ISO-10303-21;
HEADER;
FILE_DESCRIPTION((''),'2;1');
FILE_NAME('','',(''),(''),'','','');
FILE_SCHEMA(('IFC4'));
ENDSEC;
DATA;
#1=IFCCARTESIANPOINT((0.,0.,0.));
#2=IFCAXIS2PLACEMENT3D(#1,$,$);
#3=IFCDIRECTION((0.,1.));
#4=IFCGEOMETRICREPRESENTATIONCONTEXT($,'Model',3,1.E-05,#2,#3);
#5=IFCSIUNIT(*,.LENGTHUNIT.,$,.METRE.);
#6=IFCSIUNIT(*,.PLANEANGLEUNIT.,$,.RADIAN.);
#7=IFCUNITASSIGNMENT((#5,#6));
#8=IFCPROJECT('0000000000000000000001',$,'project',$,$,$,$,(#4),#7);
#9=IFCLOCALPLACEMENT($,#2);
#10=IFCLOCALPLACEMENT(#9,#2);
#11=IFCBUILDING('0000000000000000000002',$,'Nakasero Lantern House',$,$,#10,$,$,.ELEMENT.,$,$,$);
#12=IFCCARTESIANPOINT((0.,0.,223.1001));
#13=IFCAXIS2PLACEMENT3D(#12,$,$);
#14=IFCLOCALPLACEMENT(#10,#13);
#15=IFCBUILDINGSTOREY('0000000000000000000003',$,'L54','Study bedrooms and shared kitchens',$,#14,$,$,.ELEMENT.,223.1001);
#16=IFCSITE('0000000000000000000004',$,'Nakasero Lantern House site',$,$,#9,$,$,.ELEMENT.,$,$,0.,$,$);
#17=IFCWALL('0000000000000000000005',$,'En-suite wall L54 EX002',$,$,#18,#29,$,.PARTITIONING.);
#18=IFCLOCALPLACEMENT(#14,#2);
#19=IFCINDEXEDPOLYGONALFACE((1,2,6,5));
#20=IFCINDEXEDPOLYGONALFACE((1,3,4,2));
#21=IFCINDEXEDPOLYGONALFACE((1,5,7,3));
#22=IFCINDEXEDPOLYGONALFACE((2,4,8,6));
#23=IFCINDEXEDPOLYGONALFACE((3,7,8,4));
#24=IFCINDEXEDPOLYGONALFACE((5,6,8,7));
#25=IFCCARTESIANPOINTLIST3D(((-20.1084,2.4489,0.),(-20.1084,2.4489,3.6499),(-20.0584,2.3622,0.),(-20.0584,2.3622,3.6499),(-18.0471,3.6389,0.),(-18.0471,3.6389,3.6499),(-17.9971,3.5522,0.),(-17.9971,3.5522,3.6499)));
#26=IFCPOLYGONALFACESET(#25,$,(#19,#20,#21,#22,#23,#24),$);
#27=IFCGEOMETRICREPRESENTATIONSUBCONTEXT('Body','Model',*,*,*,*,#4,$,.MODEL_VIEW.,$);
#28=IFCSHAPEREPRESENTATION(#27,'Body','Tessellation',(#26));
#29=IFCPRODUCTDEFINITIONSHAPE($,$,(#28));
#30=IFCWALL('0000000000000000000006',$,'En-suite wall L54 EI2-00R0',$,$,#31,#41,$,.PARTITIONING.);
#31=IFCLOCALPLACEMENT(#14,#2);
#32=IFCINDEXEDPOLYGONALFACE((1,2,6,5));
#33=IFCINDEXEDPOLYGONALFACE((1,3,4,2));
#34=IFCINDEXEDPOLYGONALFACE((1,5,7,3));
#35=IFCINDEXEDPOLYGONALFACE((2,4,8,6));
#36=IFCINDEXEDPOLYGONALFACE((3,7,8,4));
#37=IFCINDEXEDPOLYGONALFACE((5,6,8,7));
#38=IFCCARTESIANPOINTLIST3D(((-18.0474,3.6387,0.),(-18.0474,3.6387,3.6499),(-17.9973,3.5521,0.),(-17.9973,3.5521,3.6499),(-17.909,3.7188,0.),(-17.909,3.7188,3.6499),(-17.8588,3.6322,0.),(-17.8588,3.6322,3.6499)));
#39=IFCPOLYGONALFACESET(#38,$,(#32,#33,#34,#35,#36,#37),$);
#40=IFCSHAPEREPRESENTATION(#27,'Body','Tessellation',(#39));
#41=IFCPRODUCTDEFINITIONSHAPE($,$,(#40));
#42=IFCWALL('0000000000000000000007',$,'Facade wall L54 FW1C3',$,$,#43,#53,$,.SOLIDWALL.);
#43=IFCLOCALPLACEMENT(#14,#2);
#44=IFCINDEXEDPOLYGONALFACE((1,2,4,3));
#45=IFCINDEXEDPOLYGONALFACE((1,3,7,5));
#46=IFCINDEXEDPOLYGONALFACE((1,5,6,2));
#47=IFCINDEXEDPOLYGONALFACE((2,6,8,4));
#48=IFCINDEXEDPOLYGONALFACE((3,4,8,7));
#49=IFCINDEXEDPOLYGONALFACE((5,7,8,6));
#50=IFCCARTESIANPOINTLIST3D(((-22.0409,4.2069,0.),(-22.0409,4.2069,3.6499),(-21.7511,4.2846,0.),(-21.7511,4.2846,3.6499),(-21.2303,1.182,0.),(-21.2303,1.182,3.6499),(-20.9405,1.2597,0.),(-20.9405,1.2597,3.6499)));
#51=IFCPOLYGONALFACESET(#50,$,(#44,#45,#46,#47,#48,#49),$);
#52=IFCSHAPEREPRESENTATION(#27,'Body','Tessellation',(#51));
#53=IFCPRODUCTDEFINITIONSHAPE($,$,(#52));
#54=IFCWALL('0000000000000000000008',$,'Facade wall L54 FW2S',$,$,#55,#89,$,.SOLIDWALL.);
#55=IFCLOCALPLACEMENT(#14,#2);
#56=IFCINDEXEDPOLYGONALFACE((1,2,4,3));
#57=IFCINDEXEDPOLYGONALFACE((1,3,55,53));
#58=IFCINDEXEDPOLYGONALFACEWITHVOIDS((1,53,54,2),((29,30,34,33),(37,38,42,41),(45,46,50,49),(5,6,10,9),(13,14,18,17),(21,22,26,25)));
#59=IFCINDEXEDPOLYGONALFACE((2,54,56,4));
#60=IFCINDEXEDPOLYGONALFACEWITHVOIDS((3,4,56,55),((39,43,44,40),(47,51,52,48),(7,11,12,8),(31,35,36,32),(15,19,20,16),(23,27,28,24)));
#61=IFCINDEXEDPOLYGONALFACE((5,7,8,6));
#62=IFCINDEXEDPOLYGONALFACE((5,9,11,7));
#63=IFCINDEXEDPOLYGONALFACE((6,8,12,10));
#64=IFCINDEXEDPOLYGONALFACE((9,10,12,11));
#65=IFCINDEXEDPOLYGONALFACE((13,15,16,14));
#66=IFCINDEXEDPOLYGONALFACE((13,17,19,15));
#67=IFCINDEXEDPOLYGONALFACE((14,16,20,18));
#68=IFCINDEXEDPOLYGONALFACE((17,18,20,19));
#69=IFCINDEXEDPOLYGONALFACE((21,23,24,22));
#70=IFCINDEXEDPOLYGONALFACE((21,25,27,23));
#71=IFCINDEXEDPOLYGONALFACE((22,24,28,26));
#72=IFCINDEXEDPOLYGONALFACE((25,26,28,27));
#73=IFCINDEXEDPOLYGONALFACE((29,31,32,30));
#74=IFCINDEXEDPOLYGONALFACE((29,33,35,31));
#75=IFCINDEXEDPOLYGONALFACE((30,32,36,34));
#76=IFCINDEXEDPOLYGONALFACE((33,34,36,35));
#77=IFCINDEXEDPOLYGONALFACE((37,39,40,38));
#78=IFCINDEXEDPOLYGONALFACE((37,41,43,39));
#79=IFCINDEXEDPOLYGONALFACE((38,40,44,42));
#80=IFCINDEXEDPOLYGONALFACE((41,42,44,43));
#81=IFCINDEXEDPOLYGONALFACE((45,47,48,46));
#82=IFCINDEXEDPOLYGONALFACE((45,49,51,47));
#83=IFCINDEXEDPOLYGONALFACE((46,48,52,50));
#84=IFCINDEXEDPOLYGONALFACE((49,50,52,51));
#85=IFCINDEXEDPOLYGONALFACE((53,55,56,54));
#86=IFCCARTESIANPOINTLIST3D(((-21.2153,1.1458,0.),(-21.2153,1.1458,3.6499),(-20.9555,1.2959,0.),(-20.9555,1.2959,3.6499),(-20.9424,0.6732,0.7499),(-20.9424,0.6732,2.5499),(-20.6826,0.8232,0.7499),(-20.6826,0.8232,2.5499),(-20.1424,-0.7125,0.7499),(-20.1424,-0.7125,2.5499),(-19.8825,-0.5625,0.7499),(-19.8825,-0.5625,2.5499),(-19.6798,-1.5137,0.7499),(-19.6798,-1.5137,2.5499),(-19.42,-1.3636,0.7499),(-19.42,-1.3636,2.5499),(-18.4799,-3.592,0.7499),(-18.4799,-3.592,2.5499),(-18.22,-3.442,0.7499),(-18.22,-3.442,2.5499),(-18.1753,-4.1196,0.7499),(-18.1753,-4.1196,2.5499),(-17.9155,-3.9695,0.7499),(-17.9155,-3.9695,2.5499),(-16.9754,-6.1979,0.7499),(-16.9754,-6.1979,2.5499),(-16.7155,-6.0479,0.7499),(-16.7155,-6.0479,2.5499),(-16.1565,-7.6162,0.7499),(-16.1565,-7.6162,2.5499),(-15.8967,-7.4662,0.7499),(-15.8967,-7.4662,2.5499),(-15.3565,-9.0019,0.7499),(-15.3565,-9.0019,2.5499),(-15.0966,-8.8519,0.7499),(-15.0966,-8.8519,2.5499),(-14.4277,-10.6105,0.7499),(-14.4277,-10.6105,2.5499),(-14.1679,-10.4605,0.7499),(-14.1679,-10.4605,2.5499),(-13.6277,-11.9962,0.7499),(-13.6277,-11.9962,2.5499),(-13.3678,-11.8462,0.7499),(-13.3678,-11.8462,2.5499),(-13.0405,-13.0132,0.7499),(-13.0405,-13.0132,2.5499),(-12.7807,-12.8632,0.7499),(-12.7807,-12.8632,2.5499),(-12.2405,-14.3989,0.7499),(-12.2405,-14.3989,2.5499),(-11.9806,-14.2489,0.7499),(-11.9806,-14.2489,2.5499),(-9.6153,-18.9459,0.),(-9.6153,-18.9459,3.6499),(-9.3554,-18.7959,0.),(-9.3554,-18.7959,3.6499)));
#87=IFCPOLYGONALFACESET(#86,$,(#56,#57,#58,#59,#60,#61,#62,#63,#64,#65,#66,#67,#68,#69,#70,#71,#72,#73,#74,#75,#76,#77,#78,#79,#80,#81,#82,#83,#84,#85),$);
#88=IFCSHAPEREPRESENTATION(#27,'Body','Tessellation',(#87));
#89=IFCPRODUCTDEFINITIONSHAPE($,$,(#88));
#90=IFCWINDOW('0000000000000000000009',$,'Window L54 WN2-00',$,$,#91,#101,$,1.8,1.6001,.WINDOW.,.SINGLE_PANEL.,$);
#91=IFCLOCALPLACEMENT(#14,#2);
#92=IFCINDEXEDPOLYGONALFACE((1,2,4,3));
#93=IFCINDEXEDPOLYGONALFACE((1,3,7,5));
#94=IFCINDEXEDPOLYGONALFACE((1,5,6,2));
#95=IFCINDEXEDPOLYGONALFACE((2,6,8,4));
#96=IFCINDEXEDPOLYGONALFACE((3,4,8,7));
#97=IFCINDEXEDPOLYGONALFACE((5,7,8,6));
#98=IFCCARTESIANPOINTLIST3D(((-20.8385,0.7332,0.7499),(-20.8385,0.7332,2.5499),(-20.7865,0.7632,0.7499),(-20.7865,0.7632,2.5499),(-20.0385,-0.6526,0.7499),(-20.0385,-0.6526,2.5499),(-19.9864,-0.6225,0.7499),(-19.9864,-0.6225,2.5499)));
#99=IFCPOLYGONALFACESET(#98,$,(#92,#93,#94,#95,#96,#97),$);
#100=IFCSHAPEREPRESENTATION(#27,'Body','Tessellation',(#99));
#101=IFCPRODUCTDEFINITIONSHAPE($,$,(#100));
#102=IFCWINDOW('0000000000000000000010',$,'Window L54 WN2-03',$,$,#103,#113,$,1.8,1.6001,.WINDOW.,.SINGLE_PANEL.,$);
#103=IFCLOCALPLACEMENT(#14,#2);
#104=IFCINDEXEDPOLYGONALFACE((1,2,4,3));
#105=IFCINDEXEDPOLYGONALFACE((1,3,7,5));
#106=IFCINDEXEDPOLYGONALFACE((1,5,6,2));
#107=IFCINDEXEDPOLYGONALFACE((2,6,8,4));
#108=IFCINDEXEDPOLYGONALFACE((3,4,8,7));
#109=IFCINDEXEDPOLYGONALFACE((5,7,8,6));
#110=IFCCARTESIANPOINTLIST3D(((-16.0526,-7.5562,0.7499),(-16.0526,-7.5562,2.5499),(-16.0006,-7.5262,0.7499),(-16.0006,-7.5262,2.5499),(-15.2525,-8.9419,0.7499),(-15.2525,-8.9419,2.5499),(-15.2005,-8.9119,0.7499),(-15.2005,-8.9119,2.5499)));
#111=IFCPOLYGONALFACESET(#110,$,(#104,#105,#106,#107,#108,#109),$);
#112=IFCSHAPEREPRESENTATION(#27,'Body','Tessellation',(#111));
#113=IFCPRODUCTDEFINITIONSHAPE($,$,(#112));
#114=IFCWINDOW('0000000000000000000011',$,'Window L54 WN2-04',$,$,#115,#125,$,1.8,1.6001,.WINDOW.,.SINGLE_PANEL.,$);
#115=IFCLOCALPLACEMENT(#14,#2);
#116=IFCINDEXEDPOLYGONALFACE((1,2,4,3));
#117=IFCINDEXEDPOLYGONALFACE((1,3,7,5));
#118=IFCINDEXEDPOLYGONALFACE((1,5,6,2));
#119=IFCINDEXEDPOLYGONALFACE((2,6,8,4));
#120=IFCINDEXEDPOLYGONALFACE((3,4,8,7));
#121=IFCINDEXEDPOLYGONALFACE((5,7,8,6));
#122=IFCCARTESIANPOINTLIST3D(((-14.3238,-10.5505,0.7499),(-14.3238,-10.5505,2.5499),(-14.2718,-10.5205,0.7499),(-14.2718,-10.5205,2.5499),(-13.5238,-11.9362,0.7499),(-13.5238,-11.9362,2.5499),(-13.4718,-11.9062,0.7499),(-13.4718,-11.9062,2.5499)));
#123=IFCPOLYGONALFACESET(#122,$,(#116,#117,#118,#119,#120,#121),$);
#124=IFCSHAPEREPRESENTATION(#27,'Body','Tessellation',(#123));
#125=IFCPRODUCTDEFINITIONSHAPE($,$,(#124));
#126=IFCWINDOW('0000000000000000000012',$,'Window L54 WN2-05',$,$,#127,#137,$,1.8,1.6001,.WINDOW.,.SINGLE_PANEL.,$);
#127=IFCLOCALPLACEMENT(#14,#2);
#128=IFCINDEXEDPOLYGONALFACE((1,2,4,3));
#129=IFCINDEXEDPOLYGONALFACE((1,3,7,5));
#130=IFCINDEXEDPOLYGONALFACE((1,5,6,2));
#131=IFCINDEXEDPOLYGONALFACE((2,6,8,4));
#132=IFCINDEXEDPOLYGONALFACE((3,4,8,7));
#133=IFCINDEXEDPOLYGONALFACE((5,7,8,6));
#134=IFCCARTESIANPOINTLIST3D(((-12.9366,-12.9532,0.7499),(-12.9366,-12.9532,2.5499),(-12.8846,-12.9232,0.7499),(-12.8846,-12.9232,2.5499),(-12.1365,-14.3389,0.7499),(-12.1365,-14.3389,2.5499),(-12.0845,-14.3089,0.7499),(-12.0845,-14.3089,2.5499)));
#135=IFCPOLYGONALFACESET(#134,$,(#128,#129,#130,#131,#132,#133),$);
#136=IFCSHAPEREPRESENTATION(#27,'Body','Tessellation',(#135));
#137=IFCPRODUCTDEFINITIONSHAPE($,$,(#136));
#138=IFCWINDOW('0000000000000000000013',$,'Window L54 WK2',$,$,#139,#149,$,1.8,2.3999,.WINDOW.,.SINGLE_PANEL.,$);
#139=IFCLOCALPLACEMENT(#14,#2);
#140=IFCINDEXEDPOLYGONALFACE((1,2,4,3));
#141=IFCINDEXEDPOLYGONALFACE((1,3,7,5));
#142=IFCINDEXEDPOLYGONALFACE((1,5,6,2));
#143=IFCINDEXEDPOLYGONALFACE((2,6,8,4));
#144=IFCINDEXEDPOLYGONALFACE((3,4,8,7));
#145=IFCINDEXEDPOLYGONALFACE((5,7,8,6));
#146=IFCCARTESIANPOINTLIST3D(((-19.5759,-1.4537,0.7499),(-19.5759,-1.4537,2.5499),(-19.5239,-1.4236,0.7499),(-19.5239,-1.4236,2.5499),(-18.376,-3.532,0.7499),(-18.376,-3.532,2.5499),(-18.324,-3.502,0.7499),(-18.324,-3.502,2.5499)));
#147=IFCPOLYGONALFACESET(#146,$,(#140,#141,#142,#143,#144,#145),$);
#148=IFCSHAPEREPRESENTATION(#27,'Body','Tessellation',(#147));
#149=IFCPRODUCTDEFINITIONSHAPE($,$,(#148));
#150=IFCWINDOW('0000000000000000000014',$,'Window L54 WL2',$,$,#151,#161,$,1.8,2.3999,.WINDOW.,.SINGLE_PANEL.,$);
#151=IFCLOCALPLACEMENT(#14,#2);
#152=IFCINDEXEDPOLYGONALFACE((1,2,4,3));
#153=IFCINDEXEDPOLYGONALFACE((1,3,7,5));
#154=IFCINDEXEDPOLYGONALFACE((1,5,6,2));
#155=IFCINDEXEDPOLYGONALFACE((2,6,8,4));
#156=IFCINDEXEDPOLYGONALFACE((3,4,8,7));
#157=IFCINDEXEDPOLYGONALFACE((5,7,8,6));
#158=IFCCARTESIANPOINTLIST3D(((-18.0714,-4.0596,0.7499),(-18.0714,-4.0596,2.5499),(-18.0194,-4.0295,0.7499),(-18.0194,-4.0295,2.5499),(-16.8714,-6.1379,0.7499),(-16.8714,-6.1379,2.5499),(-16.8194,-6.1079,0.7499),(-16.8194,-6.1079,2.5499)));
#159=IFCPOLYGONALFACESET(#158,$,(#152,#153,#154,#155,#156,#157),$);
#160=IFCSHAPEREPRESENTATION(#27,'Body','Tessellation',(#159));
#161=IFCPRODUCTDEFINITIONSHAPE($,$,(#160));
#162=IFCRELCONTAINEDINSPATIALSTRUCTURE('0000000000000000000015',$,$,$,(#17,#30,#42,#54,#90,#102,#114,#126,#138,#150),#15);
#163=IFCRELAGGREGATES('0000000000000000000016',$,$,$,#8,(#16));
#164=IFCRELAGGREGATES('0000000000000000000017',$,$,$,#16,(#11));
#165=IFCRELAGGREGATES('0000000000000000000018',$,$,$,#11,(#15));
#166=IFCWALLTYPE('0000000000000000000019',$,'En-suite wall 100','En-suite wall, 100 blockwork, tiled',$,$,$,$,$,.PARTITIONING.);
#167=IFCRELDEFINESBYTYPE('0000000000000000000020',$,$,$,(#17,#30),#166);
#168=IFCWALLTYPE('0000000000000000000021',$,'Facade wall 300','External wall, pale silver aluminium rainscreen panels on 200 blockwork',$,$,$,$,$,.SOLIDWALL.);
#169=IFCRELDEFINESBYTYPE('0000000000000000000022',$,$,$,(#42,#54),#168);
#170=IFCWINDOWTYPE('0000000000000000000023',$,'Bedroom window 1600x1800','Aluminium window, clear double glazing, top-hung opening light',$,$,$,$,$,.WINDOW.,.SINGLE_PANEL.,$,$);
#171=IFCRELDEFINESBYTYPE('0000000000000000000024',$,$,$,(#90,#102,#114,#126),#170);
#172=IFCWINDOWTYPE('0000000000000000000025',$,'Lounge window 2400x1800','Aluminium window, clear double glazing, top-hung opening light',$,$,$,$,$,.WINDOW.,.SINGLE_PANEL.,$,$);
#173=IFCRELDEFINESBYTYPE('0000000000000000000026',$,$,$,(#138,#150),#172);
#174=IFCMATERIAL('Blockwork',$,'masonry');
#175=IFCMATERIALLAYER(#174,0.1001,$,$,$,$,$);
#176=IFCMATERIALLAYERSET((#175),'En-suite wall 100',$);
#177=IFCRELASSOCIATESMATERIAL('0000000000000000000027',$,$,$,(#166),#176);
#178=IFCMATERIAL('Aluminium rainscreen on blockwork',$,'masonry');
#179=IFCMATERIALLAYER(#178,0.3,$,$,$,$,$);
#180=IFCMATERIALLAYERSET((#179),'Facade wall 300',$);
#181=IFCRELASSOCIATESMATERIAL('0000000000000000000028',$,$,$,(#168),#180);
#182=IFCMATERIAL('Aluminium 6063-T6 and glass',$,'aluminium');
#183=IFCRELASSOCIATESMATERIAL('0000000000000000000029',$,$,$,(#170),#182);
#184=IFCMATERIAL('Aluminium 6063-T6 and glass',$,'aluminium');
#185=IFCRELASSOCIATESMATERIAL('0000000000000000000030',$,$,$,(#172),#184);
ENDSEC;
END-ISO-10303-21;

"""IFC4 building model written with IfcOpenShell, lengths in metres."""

from ifc_helpers import new_model, si_unit, direction, frame, frame_2d, origin, place, context, subcontext, project, spatial, rectangle, extrude, material, layer, layer_set, type_object, element, fill, save


model = new_model("IFC4")

# Units and contexts
model_context = context("Model", 3, precision=1e-05, world=origin(), true_north=direction((0.0, 1.0)))
body_context = subcontext(model_context, "Body", "Model", "MODEL_VIEW")
ifc_project = project(units=[si_unit("LENGTHUNIT", "METRE"), si_unit("PLANEANGLEUNIT", "RADIAN")], contexts=[model_context])

# Site, building, storey
site_placement = place(None, origin())
site = spatial("IfcSite", under=ifc_project, at=site_placement, Name="Nakasero Lantern House site", CompositionType="ELEMENT", RefElevation=0.0)
building_placement = place(site_placement, origin())
building = spatial("IfcBuilding", under=site, at=building_placement, Name="Nakasero Lantern House", CompositionType="ELEMENT")
storey_placement = place(building_placement, frame((0.0, 0.0, 223.1001)))
storey = spatial("IfcBuildingStorey", under=building, at=storey_placement, Name="L54", Description="Study bedrooms and shared kitchens", CompositionType="ELEMENT", Elevation=223.1001)

# Shared definitions
ifc_material_1 = material(Name="Blockwork", Category="masonry")
ifc_layer_1 = layer(ifc_material_1, 0.1001)
ifc_layer_set_1 = layer_set([ifc_layer_1], Name="En-suite wall 100")
wall_type_1 = type_object("IfcWallType", Name="En-suite wall 100", Description="En-suite wall, 100 blockwork, tiled", PredefinedType="PARTITIONING", material=ifc_layer_set_1)

# Walls
wall_1_placement = place(storey_placement, frame((-18.0222, 3.5955, 0.0), z_axis=(0.0, 0.0, 1.0), x_axis=(-0.866051, -0.499956, 0.0)))
element("IfcWall", 1, at=wall_1_placement, inside=storey, type_object=wall_type_1, Name="En-suite wall L54 EX002", PredefinedType="PARTITIONING", context=body_context, shape_type="SweptSolid", body=[
    extrude(rectangle(XDim=2.3801, YDim=0.1001, at=frame_2d((1.1899, 0.0))), origin(), (0.0, 0.0, 1.0), 3.6499),
])
wall_2_placement = place(storey_placement, frame((-17.8838, 3.6755, 0.0), z_axis=(0.0, 0.0, 1.0), x_axis=(-0.8656, -0.500735, 0.0)))
element("IfcWall", 2, at=wall_2_placement, inside=storey, type_object=wall_type_1, Name="En-suite wall L54 EI2-00R0", PredefinedType="PARTITIONING", context=body_context, shape_type="SweptSolid", body=[
    extrude(rectangle(XDim=0.1599, YDim=0.1001, at=frame_2d((0.0801, 0.0))), origin(), (0.0, 0.0, 1.0), 3.6499),
])
ifc_material_2 = material(Name="Aluminium rainscreen on blockwork", Category="masonry")
ifc_layer_2 = layer(ifc_material_2, 0.3)
ifc_layer_set_2 = layer_set([ifc_layer_2], Name="Facade wall 300")
wall_type_2 = type_object("IfcWallType", Name="Facade wall 300", Description="External wall, pale silver aluminium rainscreen panels on 200 blockwork", PredefinedType="SOLIDWALL", material=ifc_layer_set_2)
wall_3_placement = place(storey_placement, frame((-21.896, 4.2458, 0.0), z_axis=(0.0, 0.0, 1.0), x_axis=(0.258827, -0.965924, 0.0)))
element("IfcWall", 3, at=wall_3_placement, inside=storey, type_object=wall_type_2, Name="Facade wall L54 FW1C3", PredefinedType="SOLIDWALL", context=body_context, shape_type="SweptSolid", body=[
    extrude(rectangle(XDim=3.1316, YDim=0.3, at=frame_2d((1.5659, 0.0))), origin(), (0.0, 0.0, 1.0), 3.6499),
])

# Wall, openings, windows
wall_4_placement = place(storey_placement, frame((-21.0854, 1.2209, 0.0), z_axis=(0.0, 0.0, 1.0), x_axis=(0.500003, -0.866024, 0.0)))
wall_4 = element("IfcWall", 4, at=wall_4_placement, inside=storey, type_object=wall_type_2, Name="Facade wall L54 FW2S", PredefinedType="SOLIDWALL", context=body_context, shape_type="SweptSolid", body=[
    extrude(rectangle(XDim=23.2, YDim=0.3, at=frame_2d((11.6001, 0.0))), origin(), (0.0, 0.0, 1.0), 3.6499),
])
opening_1_placement = place(wall_4_placement, frame((0.5459, 0.0, 0.75)))
opening_1 = element("IfcOpeningElement", 5, at=opening_1_placement, cuts=wall_4, PredefinedType="OPENING", context=body_context, shape_type="SweptSolid", body=[
    extrude(rectangle(XDim=1.6001, YDim=1.8, at=frame_2d((0.8, 0.8999))), frame((0.0, 0.1699, 0.0), z_axis=(0.0, -1.0, 0.0), x_axis=(1.0, 0.0, 0.0)), (0.0, 0.0, 1.0), 0.3401),
])
opening_2_placement = place(wall_4_placement, frame((10.1177, 0.0, 0.75)))
opening_2 = element("IfcOpeningElement", 6, at=opening_2_placement, cuts=wall_4, PredefinedType="OPENING", context=body_context, shape_type="SweptSolid", body=[
    extrude(rectangle(XDim=1.6001, YDim=1.8, at=frame_2d((0.8, 0.8999))), frame((0.0, 0.1699, 0.0), z_axis=(0.0, -1.0, 0.0), x_axis=(1.0, 0.0, 0.0)), (0.0, 0.0, 1.0), 0.3401),
])
opening_3_placement = place(wall_4_placement, frame((13.5752, 0.0, 0.75)))
opening_3 = element("IfcOpeningElement", 7, at=opening_3_placement, cuts=wall_4, PredefinedType="OPENING", context=body_context, shape_type="SweptSolid", body=[
    extrude(rectangle(XDim=1.6001, YDim=1.8, at=frame_2d((0.8, 0.8999))), frame((0.0, 0.1699, 0.0), z_axis=(0.0, -1.0, 0.0), x_axis=(1.0, 0.0, 0.0)), (0.0, 0.0, 1.0), 0.3401),
])
opening_4_placement = place(wall_4_placement, frame((16.3496, 0.0, 0.75)))
opening_4 = element("IfcOpeningElement", 8, at=opening_4_placement, cuts=wall_4, PredefinedType="OPENING", context=body_context, shape_type="SweptSolid", body=[
    extrude(rectangle(XDim=1.6001, YDim=1.8, at=frame_2d((0.8, 0.8999))), frame((0.0, 0.1699, 0.0), z_axis=(0.0, -1.0, 0.0), x_axis=(1.0, 0.0, 0.0)), (0.0, 0.0, 1.0), 0.3401),
])
opening_5_placement = place(wall_4_placement, frame((3.071, 0.0, 0.75)))
opening_5 = element("IfcOpeningElement", 9, at=opening_5_placement, cuts=wall_4, PredefinedType="OPENING", context=body_context, shape_type="SweptSolid", body=[
    extrude(rectangle(XDim=2.3999, YDim=1.8, at=frame_2d((1.2, 0.8999))), frame((0.0, 0.1699, 0.0), z_axis=(0.0, -1.0, 0.0), x_axis=(1.0, 0.0, 0.0)), (0.0, 0.0, 1.0), 0.3401),
])
opening_6_placement = place(wall_4_placement, frame((6.0801, 0.0, 0.75)))
opening_6 = element("IfcOpeningElement", 10, at=opening_6_placement, cuts=wall_4, PredefinedType="OPENING", context=body_context, shape_type="SweptSolid", body=[
    extrude(rectangle(XDim=2.3999, YDim=1.8, at=frame_2d((1.2, 0.8999))), frame((0.0, 0.1699, 0.0), z_axis=(0.0, -1.0, 0.0), x_axis=(1.0, 0.0, 0.0)), (0.0, 0.0, 1.0), 0.3401),
])
ifc_material_3 = material(Name="Aluminium 6063-T6 and glass", Category="aluminium")
window_type_1 = type_object("IfcWindowType", Name="Bedroom window 1600x1800", Description="Aluminium window, clear double glazing, top-hung opening light", PartitioningType="SINGLE_PANEL", PredefinedType="WINDOW", material=ifc_material_3)
window_1_placement = place(opening_1_placement, origin())
window_1 = element("IfcWindow", 11, at=window_1_placement, inside=storey, type_object=window_type_1, Name="Window L54 WN2-00", OverallHeight=1.8, OverallWidth=1.6001, PartitioningType="SINGLE_PANEL", PredefinedType="WINDOW", context=body_context, shape_type="SweptSolid", body=[
    extrude(rectangle(XDim=1.6001, YDim=1.8, at=frame_2d((0.8, 0.8999))), frame((0.0, 0.03, 0.0), z_axis=(0.0, -1.0, 0.0), x_axis=(1.0, 0.0, 0.0)), (0.0, 0.0, 1.0), 0.0601),
])
fill(opening_1, window_1)
window_2_placement = place(opening_2_placement, origin())
window_2 = element("IfcWindow", 12, at=window_2_placement, inside=storey, type_object=window_type_1, Name="Window L54 WN2-03", OverallHeight=1.8, OverallWidth=1.6001, PartitioningType="SINGLE_PANEL", PredefinedType="WINDOW", context=body_context, shape_type="SweptSolid", body=[
    extrude(rectangle(XDim=1.6001, YDim=1.8, at=frame_2d((0.8, 0.8999))), frame((0.0, 0.03, 0.0), z_axis=(0.0, -1.0, 0.0), x_axis=(1.0, 0.0, 0.0)), (0.0, 0.0, 1.0), 0.0601),
])
fill(opening_2, window_2)
window_3_placement = place(opening_3_placement, origin())
window_3 = element("IfcWindow", 13, at=window_3_placement, inside=storey, type_object=window_type_1, Name="Window L54 WN2-04", OverallHeight=1.8, OverallWidth=1.6001, PartitioningType="SINGLE_PANEL", PredefinedType="WINDOW", context=body_context, shape_type="SweptSolid", body=[
    extrude(rectangle(XDim=1.6001, YDim=1.8, at=frame_2d((0.8, 0.8999))), frame((0.0, 0.03, 0.0), z_axis=(0.0, -1.0, 0.0), x_axis=(1.0, 0.0, 0.0)), (0.0, 0.0, 1.0), 0.0601),
])
fill(opening_3, window_3)
window_4_placement = place(opening_4_placement, origin())
window_4 = element("IfcWindow", 14, at=window_4_placement, inside=storey, type_object=window_type_1, Name="Window L54 WN2-05", OverallHeight=1.8, OverallWidth=1.6001, PartitioningType="SINGLE_PANEL", PredefinedType="WINDOW", context=body_context, shape_type="SweptSolid", body=[
    extrude(rectangle(XDim=1.6001, YDim=1.8, at=frame_2d((0.8, 0.8999))), frame((0.0, 0.03, 0.0), z_axis=(0.0, -1.0, 0.0), x_axis=(1.0, 0.0, 0.0)), (0.0, 0.0, 1.0), 0.0601),
])
fill(opening_4, window_4)
ifc_material_4 = material(Name="Aluminium 6063-T6 and glass", Category="aluminium")
window_type_2 = type_object("IfcWindowType", Name="Lounge window 2400x1800", Description="Aluminium window, clear double glazing, top-hung opening light", PartitioningType="SINGLE_PANEL", PredefinedType="WINDOW", material=ifc_material_4)
window_5_placement = place(opening_5_placement, origin())
window_5 = element("IfcWindow", 15, at=window_5_placement, inside=storey, type_object=window_type_2, Name="Window L54 WK2", OverallHeight=1.8, OverallWidth=2.3999, PartitioningType="SINGLE_PANEL", PredefinedType="WINDOW", context=body_context, shape_type="SweptSolid", body=[
    extrude(rectangle(XDim=2.3999, YDim=1.8, at=frame_2d((1.2, 0.8999))), frame((0.0, 0.03, 0.0), z_axis=(0.0, -1.0, 0.0), x_axis=(1.0, 0.0, 0.0)), (0.0, 0.0, 1.0), 0.0601),
])
fill(opening_5, window_5)
window_6_placement = place(opening_6_placement, origin())
window_6 = element("IfcWindow", 16, at=window_6_placement, inside=storey, type_object=window_type_2, Name="Window L54 WL2", OverallHeight=1.8, OverallWidth=2.3999, PartitioningType="SINGLE_PANEL", PredefinedType="WINDOW", context=body_context, shape_type="SweptSolid", body=[
    extrude(rectangle(XDim=2.3999, YDim=1.8, at=frame_2d((1.2, 0.8999))), frame((0.0, 0.03, 0.0), z_axis=(0.0, -1.0, 0.0), x_axis=(1.0, 0.0, 0.0)), (0.0, 0.0, 1.0), 0.0601),
])
fill(opening_6, window_6)

save(model, "model.ifc")
